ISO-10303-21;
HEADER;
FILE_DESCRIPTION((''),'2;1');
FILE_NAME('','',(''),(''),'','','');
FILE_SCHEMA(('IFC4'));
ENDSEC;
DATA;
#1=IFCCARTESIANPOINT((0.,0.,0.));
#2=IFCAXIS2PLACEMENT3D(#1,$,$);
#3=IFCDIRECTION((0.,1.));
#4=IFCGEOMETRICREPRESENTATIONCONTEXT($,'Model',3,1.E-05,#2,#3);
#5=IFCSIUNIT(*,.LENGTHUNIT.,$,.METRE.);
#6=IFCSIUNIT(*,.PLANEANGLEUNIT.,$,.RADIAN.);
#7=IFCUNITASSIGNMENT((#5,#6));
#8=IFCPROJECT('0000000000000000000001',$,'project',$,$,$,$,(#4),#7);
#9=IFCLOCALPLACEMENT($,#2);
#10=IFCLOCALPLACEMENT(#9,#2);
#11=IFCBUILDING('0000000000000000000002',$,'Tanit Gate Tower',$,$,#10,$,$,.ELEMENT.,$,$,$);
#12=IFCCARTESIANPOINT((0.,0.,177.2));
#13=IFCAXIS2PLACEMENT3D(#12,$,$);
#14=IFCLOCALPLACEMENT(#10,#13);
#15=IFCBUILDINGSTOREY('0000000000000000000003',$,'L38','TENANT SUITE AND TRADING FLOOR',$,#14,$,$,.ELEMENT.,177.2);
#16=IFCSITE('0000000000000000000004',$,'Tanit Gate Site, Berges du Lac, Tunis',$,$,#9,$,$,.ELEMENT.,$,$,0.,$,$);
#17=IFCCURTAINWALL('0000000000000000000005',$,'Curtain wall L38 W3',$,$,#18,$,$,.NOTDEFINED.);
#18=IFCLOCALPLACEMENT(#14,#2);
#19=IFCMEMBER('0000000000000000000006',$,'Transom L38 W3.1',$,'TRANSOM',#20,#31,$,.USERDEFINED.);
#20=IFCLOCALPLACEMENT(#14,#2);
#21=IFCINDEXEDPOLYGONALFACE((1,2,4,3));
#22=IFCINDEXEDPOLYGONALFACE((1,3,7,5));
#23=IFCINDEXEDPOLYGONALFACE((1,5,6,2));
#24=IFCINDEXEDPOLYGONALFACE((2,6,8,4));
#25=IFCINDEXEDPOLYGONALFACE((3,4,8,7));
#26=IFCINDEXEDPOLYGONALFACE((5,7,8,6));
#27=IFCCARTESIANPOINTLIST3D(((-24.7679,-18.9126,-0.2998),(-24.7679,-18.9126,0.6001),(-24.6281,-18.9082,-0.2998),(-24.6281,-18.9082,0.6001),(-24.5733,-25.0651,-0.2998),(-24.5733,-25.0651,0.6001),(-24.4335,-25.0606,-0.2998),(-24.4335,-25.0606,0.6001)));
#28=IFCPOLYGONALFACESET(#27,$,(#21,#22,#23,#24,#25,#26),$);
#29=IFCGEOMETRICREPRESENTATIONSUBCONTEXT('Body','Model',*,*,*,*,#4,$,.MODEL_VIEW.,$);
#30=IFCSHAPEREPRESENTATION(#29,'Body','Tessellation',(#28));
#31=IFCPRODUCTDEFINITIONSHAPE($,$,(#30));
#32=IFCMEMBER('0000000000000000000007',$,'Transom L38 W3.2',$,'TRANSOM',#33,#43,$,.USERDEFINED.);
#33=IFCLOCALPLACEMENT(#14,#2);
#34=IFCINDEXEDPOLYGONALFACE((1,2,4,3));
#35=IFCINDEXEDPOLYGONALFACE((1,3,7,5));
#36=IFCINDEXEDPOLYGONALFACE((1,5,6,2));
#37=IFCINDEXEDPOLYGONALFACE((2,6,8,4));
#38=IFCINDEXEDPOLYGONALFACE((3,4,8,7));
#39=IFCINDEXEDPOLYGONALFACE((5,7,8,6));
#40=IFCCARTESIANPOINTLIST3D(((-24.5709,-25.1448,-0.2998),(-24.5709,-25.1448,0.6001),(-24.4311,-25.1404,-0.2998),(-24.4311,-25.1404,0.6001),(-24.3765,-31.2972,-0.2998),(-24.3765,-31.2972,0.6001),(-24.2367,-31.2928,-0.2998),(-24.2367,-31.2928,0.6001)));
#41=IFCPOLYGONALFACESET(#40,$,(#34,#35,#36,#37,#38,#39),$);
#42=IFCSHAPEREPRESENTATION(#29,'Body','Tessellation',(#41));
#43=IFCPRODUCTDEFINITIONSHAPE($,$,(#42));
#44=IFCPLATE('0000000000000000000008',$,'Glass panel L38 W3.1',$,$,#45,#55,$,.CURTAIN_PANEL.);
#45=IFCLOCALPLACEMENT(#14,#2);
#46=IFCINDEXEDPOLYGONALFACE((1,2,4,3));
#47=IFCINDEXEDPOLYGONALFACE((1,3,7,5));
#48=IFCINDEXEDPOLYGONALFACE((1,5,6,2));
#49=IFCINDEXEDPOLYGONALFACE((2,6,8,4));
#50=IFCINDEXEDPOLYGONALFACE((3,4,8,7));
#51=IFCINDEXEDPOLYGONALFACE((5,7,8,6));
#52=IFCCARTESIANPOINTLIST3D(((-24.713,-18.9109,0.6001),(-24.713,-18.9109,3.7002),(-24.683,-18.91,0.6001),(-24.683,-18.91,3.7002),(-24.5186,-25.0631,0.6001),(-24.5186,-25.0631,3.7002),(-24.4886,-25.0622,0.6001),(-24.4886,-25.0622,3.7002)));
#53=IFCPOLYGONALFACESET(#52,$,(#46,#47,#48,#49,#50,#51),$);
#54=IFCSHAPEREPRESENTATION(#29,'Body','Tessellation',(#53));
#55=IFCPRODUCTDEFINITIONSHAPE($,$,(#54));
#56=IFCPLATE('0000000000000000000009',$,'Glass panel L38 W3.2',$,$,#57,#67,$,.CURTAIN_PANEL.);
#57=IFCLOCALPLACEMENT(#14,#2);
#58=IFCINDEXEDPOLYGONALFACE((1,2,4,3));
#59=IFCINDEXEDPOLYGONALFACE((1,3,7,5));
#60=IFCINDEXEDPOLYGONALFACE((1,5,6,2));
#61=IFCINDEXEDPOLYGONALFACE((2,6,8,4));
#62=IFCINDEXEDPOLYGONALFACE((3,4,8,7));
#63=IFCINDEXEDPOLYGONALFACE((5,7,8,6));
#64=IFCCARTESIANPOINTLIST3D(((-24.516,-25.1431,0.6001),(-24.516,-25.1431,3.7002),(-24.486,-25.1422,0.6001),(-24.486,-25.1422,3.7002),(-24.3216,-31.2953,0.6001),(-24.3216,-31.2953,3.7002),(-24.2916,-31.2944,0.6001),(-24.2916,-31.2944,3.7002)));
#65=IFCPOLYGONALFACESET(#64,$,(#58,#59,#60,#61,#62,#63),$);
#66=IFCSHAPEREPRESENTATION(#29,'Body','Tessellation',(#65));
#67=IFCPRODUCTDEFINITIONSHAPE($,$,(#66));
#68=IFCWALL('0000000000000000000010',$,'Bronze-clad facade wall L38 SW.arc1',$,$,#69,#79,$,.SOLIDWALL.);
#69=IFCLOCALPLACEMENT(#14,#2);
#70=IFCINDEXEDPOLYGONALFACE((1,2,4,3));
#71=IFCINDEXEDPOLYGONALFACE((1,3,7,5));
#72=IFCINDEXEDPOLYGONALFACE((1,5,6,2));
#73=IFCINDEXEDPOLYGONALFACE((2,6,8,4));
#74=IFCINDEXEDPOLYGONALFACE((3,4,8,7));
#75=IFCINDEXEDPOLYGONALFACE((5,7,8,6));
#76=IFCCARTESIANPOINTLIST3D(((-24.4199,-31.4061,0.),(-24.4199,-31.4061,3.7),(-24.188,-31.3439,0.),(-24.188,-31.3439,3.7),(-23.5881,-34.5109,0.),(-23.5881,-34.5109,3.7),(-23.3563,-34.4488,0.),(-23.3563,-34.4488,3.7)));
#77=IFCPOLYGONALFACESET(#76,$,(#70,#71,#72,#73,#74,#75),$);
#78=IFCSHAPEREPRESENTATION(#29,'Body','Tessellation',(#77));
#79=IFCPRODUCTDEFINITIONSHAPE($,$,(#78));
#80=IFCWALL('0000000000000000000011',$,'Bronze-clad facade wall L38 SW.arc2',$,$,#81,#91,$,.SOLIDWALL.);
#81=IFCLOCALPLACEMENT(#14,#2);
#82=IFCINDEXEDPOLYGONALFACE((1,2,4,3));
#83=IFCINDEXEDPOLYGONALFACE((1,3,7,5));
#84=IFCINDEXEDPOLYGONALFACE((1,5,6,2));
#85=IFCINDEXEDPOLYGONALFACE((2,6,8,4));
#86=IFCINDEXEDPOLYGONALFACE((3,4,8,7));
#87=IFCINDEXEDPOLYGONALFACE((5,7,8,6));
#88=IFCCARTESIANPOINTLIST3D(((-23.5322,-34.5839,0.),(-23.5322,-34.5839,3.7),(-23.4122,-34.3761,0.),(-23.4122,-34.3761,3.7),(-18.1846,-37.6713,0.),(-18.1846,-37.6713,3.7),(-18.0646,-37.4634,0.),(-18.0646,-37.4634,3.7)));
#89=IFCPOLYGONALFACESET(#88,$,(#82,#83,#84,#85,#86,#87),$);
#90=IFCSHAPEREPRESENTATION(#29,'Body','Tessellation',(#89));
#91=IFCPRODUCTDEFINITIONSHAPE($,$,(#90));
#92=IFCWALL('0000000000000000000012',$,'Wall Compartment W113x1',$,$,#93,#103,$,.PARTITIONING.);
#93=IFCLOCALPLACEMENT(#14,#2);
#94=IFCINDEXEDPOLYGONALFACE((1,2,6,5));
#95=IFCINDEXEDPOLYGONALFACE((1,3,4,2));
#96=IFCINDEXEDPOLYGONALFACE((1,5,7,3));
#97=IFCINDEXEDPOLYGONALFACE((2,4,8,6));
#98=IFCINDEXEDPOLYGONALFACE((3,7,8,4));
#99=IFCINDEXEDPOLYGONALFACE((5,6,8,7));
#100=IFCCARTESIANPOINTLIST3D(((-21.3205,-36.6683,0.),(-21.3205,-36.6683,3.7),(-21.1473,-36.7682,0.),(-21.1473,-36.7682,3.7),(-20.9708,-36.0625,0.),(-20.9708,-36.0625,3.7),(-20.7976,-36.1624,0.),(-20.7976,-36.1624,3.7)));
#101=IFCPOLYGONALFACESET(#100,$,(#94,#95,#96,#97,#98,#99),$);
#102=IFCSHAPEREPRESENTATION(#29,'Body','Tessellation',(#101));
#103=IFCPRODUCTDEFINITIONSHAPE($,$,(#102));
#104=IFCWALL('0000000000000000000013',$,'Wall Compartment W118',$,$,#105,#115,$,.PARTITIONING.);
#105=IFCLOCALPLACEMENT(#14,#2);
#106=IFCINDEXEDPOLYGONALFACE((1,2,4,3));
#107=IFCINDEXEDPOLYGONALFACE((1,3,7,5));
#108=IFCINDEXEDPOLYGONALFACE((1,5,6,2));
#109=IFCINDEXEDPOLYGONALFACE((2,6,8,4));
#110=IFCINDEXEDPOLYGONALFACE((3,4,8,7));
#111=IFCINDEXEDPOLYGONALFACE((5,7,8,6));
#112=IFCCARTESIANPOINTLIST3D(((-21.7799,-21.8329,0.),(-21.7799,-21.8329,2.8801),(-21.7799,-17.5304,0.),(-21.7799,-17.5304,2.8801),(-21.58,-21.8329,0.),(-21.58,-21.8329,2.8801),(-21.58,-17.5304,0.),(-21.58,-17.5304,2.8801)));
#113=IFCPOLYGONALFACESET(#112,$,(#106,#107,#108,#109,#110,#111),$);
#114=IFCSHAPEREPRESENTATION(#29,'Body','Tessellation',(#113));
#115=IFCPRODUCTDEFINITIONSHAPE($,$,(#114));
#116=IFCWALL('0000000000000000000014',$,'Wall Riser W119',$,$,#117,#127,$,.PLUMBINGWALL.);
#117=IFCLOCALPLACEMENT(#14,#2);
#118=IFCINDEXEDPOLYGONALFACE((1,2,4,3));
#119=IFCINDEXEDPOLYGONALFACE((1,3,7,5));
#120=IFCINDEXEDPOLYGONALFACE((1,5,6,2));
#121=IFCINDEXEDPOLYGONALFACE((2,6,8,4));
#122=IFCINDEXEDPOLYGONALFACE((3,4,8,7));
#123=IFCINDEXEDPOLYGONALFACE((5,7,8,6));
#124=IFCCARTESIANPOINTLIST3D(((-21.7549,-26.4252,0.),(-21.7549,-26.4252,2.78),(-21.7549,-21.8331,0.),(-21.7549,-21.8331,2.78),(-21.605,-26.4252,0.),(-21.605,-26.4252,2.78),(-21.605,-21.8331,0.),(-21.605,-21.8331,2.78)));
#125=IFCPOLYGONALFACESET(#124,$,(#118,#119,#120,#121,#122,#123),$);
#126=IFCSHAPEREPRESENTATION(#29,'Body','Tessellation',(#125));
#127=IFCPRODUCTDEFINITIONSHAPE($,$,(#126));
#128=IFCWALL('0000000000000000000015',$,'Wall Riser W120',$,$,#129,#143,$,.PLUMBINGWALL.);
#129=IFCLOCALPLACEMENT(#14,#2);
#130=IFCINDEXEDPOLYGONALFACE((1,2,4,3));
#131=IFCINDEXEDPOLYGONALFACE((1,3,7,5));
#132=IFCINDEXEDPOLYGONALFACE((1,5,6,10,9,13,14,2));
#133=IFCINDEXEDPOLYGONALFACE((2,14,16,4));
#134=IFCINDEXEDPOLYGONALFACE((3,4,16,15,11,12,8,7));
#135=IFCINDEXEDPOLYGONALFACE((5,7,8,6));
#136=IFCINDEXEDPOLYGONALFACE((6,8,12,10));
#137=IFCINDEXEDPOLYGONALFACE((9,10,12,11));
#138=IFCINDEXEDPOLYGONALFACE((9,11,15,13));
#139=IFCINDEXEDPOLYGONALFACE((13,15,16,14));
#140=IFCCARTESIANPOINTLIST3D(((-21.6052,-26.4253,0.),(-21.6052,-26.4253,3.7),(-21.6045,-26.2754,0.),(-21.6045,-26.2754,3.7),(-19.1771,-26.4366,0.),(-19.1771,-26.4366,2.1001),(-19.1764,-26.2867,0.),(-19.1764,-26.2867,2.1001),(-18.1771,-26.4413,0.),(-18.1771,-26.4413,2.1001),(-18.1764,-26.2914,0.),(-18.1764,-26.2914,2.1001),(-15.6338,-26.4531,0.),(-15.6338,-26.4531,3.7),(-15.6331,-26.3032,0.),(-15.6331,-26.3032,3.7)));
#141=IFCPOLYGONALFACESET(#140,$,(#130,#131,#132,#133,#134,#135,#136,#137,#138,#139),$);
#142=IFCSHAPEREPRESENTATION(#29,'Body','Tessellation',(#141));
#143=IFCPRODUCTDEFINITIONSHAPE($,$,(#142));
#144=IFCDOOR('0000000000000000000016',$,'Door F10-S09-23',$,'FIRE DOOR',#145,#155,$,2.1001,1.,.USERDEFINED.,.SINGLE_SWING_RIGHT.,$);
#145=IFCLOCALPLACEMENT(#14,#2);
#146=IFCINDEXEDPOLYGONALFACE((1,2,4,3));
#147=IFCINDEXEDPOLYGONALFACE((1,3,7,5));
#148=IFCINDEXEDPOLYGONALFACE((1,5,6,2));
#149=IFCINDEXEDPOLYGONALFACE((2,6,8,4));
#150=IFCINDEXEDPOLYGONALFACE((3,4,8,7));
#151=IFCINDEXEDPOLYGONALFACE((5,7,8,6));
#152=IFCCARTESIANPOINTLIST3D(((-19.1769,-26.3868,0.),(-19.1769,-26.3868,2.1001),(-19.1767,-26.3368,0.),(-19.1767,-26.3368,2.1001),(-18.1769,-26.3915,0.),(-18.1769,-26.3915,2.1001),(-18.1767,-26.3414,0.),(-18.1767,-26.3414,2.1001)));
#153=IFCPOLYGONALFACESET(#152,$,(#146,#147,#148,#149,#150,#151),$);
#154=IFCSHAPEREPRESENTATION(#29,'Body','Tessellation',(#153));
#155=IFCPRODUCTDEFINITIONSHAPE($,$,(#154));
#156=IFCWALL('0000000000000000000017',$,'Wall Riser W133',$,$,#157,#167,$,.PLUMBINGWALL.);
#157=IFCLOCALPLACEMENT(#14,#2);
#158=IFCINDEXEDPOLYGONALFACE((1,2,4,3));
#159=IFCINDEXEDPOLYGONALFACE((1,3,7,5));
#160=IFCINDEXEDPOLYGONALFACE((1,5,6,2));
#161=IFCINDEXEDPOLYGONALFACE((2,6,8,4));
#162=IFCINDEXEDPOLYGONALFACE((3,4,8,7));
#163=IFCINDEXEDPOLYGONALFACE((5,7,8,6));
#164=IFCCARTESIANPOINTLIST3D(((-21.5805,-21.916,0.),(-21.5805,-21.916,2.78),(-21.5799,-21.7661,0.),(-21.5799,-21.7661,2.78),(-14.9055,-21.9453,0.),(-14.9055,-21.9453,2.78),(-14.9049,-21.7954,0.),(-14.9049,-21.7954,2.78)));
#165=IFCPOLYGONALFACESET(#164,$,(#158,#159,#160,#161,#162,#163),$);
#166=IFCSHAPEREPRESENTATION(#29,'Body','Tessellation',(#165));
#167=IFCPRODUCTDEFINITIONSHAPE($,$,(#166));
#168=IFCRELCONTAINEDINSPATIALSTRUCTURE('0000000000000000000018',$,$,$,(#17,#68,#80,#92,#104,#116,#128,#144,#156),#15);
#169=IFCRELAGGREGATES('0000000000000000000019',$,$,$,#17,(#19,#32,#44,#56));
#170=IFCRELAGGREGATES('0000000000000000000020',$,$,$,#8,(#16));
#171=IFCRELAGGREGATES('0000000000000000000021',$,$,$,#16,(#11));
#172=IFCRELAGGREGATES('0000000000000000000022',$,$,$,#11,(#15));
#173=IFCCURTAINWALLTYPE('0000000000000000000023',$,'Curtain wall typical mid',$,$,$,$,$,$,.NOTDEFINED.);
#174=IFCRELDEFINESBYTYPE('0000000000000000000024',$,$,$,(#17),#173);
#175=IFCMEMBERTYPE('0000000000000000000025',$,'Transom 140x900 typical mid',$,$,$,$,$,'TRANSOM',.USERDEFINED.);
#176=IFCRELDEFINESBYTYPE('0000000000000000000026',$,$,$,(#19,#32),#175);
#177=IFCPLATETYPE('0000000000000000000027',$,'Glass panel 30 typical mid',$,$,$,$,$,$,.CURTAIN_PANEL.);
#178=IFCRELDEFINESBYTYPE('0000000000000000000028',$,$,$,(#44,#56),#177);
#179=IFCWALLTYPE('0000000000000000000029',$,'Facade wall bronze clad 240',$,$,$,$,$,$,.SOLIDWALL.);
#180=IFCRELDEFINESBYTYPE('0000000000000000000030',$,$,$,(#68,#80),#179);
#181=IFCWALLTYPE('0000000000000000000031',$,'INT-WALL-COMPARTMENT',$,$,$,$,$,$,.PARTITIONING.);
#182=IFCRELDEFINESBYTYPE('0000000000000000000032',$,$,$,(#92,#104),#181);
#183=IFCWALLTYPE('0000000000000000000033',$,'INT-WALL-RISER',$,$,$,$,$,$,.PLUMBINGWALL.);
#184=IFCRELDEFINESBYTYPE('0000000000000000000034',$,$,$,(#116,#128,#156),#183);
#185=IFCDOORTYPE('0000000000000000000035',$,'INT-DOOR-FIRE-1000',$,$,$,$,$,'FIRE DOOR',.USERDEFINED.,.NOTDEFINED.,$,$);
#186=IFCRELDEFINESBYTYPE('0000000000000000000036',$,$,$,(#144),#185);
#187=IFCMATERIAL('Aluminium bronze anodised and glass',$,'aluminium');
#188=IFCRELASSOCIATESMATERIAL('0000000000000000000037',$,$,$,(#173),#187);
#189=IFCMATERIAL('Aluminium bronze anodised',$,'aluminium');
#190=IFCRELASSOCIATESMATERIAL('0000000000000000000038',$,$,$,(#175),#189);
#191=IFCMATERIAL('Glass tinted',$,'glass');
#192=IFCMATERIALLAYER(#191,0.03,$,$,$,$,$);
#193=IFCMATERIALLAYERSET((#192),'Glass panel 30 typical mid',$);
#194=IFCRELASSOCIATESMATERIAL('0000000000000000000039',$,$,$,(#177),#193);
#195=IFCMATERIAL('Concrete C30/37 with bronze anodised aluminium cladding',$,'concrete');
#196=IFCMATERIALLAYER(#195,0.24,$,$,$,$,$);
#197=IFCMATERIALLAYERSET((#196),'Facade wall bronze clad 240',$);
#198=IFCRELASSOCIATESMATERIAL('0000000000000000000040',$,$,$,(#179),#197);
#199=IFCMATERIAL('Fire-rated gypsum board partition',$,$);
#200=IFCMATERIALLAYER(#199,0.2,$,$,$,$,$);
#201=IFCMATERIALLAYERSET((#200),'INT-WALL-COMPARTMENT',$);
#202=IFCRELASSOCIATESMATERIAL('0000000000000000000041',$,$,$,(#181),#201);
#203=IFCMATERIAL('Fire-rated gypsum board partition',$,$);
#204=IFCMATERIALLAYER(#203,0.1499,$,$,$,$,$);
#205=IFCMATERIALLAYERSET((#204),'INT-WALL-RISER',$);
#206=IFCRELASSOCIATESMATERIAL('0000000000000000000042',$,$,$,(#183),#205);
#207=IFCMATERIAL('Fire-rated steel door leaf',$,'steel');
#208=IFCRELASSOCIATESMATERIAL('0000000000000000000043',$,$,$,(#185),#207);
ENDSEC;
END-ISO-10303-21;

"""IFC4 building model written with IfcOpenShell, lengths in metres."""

from ifc_helpers import new_model, si_unit, direction, frame, frame_2d, origin, origin_2d, place, context, subcontext, project, spatial, rectangle, extrude, material, layer, layer_set, material_profile, profile_set, type_object, element, fill, aggregate, save


model = new_model("IFC4")

# Units and contexts
model_context = context("Model", 3, precision=1e-05, world=origin(), true_north=direction((0.0, 1.0)))
body_context = subcontext(model_context, "Body", "Model", "MODEL_VIEW")
ifc_project = project(units=[si_unit("LENGTHUNIT", "METRE"), si_unit("PLANEANGLEUNIT", "RADIAN")], contexts=[model_context])

# Site, building, storey
site_placement = place(None, origin())
site = spatial("IfcSite", under=ifc_project, at=site_placement, Name="Tanit Gate Site, Berges du Lac, Tunis", CompositionType="ELEMENT", RefElevation=0.0)
building_placement = place(site_placement, origin())
building = spatial("IfcBuilding", under=site, at=building_placement, Name="Tanit Gate Tower", CompositionType="ELEMENT")
storey_placement = place(building_placement, frame((0.0, 0.0, 177.2)))
storey = spatial("IfcBuildingStorey", under=building, at=storey_placement, Name="L38", Description="TENANT SUITE AND TRADING FLOOR", CompositionType="ELEMENT", Elevation=177.2)

# Curtain wall
ifc_material_1 = material(Name="Aluminium bronze anodised and glass", Category="aluminium")
curtain_wall_type = type_object("IfcCurtainWallType", Name="Curtain wall typical mid", PredefinedType="NOTDEFINED", material=ifc_material_1)
curtain_wall_1_placement = place(storey_placement, origin())
curtain_wall_1 = element("IfcCurtainWall", 1, at=curtain_wall_1_placement, inside=storey, type_object=curtain_wall_type, Name="Curtain wall L38 W3", PredefinedType="NOTDEFINED")

# Members
ifc_material_2 = material(Name="Aluminium bronze anodised", Category="aluminium")
ifc_material_profile_1 = material_profile(ifc_material_2, rectangle(XDim=0.1399, YDim=0.8999, at=origin_2d()), Name="140x900 bronze transom")
ifc_profile_set_1 = profile_set([ifc_material_profile_1], Name="Aluminium bronze anodised")
member_type_1 = type_object("IfcMemberType", Name="Transom 140x900 typical mid", ElementType="TRANSOM", PredefinedType="USERDEFINED", material=ifc_profile_set_1)
member_1_placement = place(storey_placement, frame((-24.698, -18.9104, 0.1501), z_axis=(0.031611, -0.9995, 0.0), x_axis=(0.9995, 0.031611, 0.0)))
member_1 = element("IfcMember", 2, at=member_1_placement, type_object=member_type_1, Name="Transom L38 W3.1", ObjectType="TRANSOM", PredefinedType="USERDEFINED", context=body_context, shape_type="SweptSolid", body=[
    extrude(rectangle(XDim=0.1399, YDim=0.8999, at=origin_2d()), origin(), (0.0, 0.0, 1.0), 6.1555),
])
member_2_placement = place(storey_placement, frame((-24.501, -25.1426, 0.1501), z_axis=(0.031572, -0.999501, 0.0), x_axis=(0.999501, 0.031572, 0.0)))
member_2 = element("IfcMember", 3, at=member_2_placement, type_object=member_type_1, Name="Transom L38 W3.2", ObjectType="TRANSOM", PredefinedType="USERDEFINED", context=body_context, shape_type="SweptSolid", body=[
    extrude(rectangle(XDim=0.1399, YDim=0.8999, at=origin_2d()), origin(), (0.0, 0.0, 1.0), 6.1555),
])

# Plates
ifc_material_3 = material(Name="Glass tinted", Category="glass")
ifc_layer_1 = layer(ifc_material_3, 0.03)
ifc_layer_set_1 = layer_set([ifc_layer_1], Name="Glass panel 30 typical mid")
plate_type = type_object("IfcPlateType", Name="Glass panel 30 typical mid", PredefinedType="CURTAIN_PANEL", material=ifc_layer_set_1)
plate_1_placement = place(storey_placement, frame((-24.6008, -21.9866, 0.6001), z_axis=(0.0, 0.0, 1.0), x_axis=(0.031583, -0.999501, 0.0)))
plate_1 = element("IfcPlate", 4, at=plate_1_placement, type_object=plate_type, Name="Glass panel L38 W3.1", PredefinedType="CURTAIN_PANEL", context=body_context, shape_type="SweptSolid", body=[
    extrude(rectangle(XDim=6.1553, YDim=0.03, at=origin_2d()), origin(), (0.0, 0.0, 1.0), 3.1001),
])
plate_2_placement = place(storey_placement, frame((-24.4038, -28.2188, 0.6001), z_axis=(0.0, 0.0, 1.0), x_axis=(0.031583, -0.999501, 0.0)))
plate_2 = element("IfcPlate", 5, at=plate_2_placement, type_object=plate_type, Name="Glass panel L38 W3.2", PredefinedType="CURTAIN_PANEL", context=body_context, shape_type="SweptSolid", body=[
    extrude(rectangle(XDim=6.1553, YDim=0.03, at=origin_2d()), origin(), (0.0, 0.0, 1.0), 3.1001),
])
aggregate(curtain_wall_1, [member_1, member_2, plate_1, plate_2])

# Walls
ifc_material_4 = material(Name="Concrete C30/37 with bronze anodised aluminium cladding", Category="concrete")
ifc_layer_2 = layer(ifc_material_4, 0.24)
ifc_layer_set_2 = layer_set([ifc_layer_2], Name="Facade wall bronze clad 240")
wall_type_1 = type_object("IfcWallType", Name="Facade wall bronze clad 240", PredefinedType="SOLIDWALL", material=ifc_layer_set_2)
wall_1_placement = place(storey_placement, frame((-24.304, -31.375, 0.0), z_axis=(0.0, 0.0, 1.0), x_axis=(0.258764, -0.965941, 0.0)))
element("IfcWall", 6, at=wall_1_placement, inside=storey, type_object=wall_type_1, Name="Bronze-clad facade wall L38 SW.arc1", PredefinedType="SOLIDWALL", context=body_context, shape_type="SweptSolid", body=[
    extrude(rectangle(XDim=3.2144, YDim=0.24, at=frame_2d((1.6072, 0.0))), origin(), (0.0, 0.0, 1.0), 3.7),
])
wall_2_placement = place(storey_placement, frame((-23.4722, -34.48, 0.0), z_axis=(0.0, 0.0, 1.0), x_axis=(0.86603, -0.499992, 0.0)))
element("IfcWall", 7, at=wall_2_placement, inside=storey, type_object=wall_type_1, Name="Bronze-clad facade wall L38 SW.arc2", PredefinedType="SOLIDWALL", context=body_context, shape_type="SweptSolid", body=[
    extrude(rectangle(XDim=6.1748, YDim=0.24, at=frame_2d((3.0874, 0.0))), origin(), (0.0, 0.0, 1.0), 3.7),
])
ifc_material_5 = material(Name="Fire-rated gypsum board partition")
ifc_layer_3 = layer(ifc_material_5, 0.2)
ifc_layer_set_3 = layer_set([ifc_layer_3], Name="INT-WALL-COMPARTMENT")
wall_type_2 = type_object("IfcWallType", Name="INT-WALL-COMPARTMENT", PredefinedType="PARTITIONING", material=ifc_layer_set_3)
wall_3_placement = place(storey_placement, frame((-20.8843, -36.1125, 0.0), z_axis=(0.0, 0.0, 1.0), x_axis=(-0.499894, -0.866087, 0.0)))
element("IfcWall", 8, at=wall_3_placement, inside=storey, type_object=wall_type_2, Name="Wall Compartment W113x1", PredefinedType="PARTITIONING", context=body_context, shape_type="SweptSolid", body=[
    extrude(rectangle(XDim=0.6995, YDim=0.2, at=frame_2d((0.3496, 0.0))), origin(), (0.0, 0.0, 1.0), 3.7),
])
wall_4_placement = place(storey_placement, frame((-21.6799, -21.833, 0.0), z_axis=(0.0, 0.0, 1.0), x_axis=(0.0, 1.0, 0.0)))
element("IfcWall", 9, at=wall_4_placement, inside=storey, type_object=wall_type_2, Name="Wall Compartment W118", PredefinedType="PARTITIONING", context=body_context, shape_type="SweptSolid", body=[
    extrude(rectangle(XDim=4.3025, YDim=0.2, at=frame_2d((2.1514, 0.0))), origin(), (0.0, 0.0, 1.0), 2.8801),
])
ifc_material_6 = material(Name="Fire-rated gypsum board partition")
ifc_layer_4 = layer(ifc_material_6, 0.1499)
ifc_layer_set_4 = layer_set([ifc_layer_4], Name="INT-WALL-RISER")
wall_type_3 = type_object("IfcWallType", Name="INT-WALL-RISER", PredefinedType="PLUMBINGWALL", material=ifc_layer_set_4)
wall_5_placement = place(storey_placement, frame((-21.6799, -26.425, 0.0), z_axis=(0.0, 0.0, 1.0), x_axis=(0.0, 1.0, 0.0)))
element("IfcWall", 10, at=wall_5_placement, inside=storey, type_object=wall_type_3, Name="Wall Riser W119", PredefinedType="PLUMBINGWALL", context=body_context, shape_type="SweptSolid", body=[
    extrude(rectangle(XDim=4.592, YDim=0.1499, at=frame_2d((2.2959, 0.0))), origin(), (0.0, 0.0, 1.0), 2.78),
])

# Wall, opening, door
wall_6_placement = place(storey_placement, frame((-21.605, -26.3503, 0.0), z_axis=(0.0, 0.0, 1.0), x_axis=(0.999989, -0.004661, 0.0)))
wall_6 = element("IfcWall", 11, at=wall_6_placement, inside=storey, type_object=wall_type_3, Name="Wall Riser W120", PredefinedType="PLUMBINGWALL", context=body_context, shape_type="SweptSolid", body=[
    extrude(rectangle(XDim=5.9714, YDim=0.1499, at=frame_2d((2.9858, 0.0))), origin(), (0.0, 0.0, 1.0), 3.7),
])
opening_placement = place(wall_6_placement, frame((2.4282, 0.0, 0.0)))
opening = element("IfcOpeningElement", 12, at=opening_placement, cuts=wall_6, PredefinedType="OPENING", context=body_context, shape_type="SweptSolid", body=[
    extrude(rectangle(XDim=1.0, YDim=2.1001, at=frame_2d((0.5, 1.05))), frame((0.0, 0.085, 0.0), z_axis=(0.0, -1.0, 0.0), x_axis=(1.0, 0.0, 0.0)), (0.0, 0.0, 1.0), 0.1699),
])
ifc_material_7 = material(Name="Fire-rated steel door leaf", Category="steel")
door_type = type_object("IfcDoorType", Name="INT-DOOR-FIRE-1000", ElementType="FIRE DOOR", OperationType="NOTDEFINED", PredefinedType="USERDEFINED", material=ifc_material_7)
door_placement = place(opening_placement, origin())
door = element("IfcDoor", 13, at=door_placement, inside=storey, type_object=door_type, Name="Door F10-S09-23", ObjectType="FIRE DOOR", OperationType="SINGLE_SWING_RIGHT", OverallHeight=2.1001, OverallWidth=1.0, PredefinedType="USERDEFINED", context=body_context, shape_type="SweptSolid", body=[
    extrude(rectangle(XDim=1.0, YDim=2.1001, at=frame_2d((0.5, 1.05))), frame((0.0, 0.0249, 0.0), z_axis=(0.0, -1.0, 0.0), x_axis=(1.0, 0.0, 0.0)), (0.0, 0.0, 1.0), 0.05),
])
fill(opening, door)

# Wall
wall_7_placement = place(storey_placement, frame((-21.5801, -21.8411, 0.0), z_axis=(0.0, 0.0, 1.0), x_axis=(0.99999, -0.004389, 0.0)))
element("IfcWall", 14, at=wall_7_placement, inside=storey, type_object=wall_type_3, Name="Wall Riser W133", PredefinedType="PLUMBINGWALL", context=body_context, shape_type="SweptSolid", body=[
    extrude(rectangle(XDim=6.675, YDim=0.1499, at=frame_2d((3.3374, 0.0))), origin(), (0.0, 0.0, 1.0), 2.78),
])

save(model, "model.ifc")
